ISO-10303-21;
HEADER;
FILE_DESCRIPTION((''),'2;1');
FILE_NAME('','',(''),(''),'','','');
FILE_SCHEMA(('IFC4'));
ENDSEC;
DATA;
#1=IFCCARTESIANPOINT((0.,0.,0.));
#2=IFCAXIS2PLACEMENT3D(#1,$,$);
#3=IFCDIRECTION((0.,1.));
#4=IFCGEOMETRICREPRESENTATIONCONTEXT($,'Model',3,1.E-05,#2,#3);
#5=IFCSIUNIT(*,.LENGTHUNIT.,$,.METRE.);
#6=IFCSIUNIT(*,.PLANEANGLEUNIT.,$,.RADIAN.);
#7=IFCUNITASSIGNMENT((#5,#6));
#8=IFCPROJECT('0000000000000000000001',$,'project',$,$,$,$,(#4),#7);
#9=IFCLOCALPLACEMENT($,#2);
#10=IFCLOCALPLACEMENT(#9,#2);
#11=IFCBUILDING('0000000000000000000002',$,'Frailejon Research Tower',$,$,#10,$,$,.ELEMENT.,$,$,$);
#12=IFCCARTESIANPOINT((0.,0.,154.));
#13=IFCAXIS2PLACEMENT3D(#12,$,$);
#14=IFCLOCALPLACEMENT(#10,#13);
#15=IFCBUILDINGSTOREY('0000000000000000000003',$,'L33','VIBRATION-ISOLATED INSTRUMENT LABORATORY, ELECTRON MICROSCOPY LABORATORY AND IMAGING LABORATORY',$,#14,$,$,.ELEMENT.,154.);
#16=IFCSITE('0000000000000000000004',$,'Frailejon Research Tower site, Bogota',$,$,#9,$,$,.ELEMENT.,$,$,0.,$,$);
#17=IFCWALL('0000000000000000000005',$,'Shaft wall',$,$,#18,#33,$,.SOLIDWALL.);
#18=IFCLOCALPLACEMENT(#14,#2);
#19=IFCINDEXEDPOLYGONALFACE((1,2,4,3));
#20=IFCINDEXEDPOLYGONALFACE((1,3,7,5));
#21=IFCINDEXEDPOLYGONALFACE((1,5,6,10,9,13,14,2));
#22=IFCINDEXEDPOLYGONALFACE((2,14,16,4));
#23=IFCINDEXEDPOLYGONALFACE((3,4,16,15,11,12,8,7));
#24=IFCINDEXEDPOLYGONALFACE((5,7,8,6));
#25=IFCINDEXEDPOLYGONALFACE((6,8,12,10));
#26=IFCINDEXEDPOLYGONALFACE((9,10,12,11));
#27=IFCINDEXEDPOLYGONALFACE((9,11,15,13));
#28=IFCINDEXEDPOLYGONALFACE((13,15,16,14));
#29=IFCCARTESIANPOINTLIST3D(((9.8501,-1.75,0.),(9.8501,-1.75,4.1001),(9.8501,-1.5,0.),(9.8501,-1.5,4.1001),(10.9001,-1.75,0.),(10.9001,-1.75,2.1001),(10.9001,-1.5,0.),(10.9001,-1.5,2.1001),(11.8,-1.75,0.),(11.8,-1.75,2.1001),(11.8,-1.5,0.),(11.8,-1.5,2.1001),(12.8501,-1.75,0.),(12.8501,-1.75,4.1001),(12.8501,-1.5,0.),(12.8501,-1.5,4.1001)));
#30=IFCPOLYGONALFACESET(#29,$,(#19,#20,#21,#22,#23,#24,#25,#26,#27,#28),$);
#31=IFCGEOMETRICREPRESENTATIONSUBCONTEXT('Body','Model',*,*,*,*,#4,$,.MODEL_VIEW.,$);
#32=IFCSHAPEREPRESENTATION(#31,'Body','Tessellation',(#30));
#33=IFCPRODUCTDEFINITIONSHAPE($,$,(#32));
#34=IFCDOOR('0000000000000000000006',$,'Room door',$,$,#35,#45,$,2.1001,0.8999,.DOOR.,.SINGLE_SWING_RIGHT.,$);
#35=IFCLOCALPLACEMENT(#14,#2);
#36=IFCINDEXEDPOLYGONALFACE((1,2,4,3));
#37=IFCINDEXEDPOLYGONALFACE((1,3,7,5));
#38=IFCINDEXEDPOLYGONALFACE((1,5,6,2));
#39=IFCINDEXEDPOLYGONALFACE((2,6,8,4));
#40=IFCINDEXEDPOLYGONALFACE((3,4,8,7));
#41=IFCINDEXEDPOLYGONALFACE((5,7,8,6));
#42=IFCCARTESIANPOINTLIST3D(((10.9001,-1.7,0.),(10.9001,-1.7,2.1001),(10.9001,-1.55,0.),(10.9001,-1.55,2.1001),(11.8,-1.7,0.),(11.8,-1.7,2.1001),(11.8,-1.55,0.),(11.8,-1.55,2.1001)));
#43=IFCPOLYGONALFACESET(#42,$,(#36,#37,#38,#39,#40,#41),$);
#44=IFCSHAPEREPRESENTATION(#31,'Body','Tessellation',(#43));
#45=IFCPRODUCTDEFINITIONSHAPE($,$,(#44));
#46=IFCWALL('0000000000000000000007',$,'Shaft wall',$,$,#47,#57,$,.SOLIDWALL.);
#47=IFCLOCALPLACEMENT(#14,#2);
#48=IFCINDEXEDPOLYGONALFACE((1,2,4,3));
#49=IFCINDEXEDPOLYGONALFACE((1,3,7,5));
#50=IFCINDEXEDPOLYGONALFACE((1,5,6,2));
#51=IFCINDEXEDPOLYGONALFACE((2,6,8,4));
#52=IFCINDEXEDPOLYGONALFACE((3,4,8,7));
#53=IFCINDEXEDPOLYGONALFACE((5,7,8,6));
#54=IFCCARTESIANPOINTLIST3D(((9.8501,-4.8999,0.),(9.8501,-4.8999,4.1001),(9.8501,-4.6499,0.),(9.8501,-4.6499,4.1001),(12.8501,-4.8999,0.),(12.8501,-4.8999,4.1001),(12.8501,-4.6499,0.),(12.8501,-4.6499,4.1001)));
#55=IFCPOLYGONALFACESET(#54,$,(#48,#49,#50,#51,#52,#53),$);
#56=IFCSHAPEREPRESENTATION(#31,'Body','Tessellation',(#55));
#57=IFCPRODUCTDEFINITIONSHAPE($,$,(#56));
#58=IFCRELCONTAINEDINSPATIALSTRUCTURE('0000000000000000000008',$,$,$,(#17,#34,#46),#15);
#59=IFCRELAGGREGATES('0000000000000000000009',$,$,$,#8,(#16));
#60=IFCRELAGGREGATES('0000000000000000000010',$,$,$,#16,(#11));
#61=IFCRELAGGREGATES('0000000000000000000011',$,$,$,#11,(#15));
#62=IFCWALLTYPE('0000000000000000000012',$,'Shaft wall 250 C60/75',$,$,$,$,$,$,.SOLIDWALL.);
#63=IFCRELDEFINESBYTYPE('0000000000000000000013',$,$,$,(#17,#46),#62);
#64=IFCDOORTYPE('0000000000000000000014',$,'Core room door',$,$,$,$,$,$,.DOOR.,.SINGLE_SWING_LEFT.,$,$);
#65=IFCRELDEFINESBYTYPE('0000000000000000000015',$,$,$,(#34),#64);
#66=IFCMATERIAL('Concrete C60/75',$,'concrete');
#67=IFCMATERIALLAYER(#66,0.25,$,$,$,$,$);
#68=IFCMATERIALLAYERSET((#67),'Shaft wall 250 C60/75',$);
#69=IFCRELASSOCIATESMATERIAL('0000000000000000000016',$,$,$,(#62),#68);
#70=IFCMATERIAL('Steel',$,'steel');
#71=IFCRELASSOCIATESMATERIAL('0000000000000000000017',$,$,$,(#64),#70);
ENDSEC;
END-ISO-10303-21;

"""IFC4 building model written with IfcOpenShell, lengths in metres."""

from ifc_helpers import new_model, si_unit, direction, frame, frame_2d, origin, place, context, subcontext, project, spatial, rectangle, extrude, material, layer, layer_set, type_object, element, fill, save


model = new_model("IFC4")

# Units and contexts
model_context = context("Model", 3, precision=1e-05, world=origin(), true_north=direction((0.0, 1.0)))
body_context = subcontext(model_context, "Body", "Model", "MODEL_VIEW")
ifc_project = project(units=[si_unit("LENGTHUNIT", "METRE"), si_unit("PLANEANGLEUNIT", "RADIAN")], contexts=[model_context])

# Site, building, storey
site_placement = place(None, origin())
site = spatial("IfcSite", under=ifc_project, at=site_placement, Name="Frailejon Research Tower site, Bogota", CompositionType="ELEMENT", RefElevation=0.0)
building_placement = place(site_placement, origin())
building = spatial("IfcBuilding", under=site, at=building_placement, Name="Frailejon Research Tower", CompositionType="ELEMENT")
storey_placement = place(building_placement, frame((0.0, 0.0, 154.0)))
storey = spatial("IfcBuildingStorey", under=building, at=storey_placement, Name="L33", Description="VIBRATION-ISOLATED INSTRUMENT LABORATORY, ELECTRON MICROSCOPY LABORATORY AND IMAGING LABORATORY", CompositionType="ELEMENT", Elevation=154.0)

# Wall, opening, door
ifc_material_1 = material(Name="Concrete C60/75", Category="concrete")
ifc_layer_1 = layer(ifc_material_1, 0.25)
ifc_layer_set_1 = layer_set([ifc_layer_1], Name="Shaft wall 250 C60/75")
wall_type_1 = type_object("IfcWallType", Name="Shaft wall 250 C60/75", PredefinedType="SOLIDWALL", material=ifc_layer_set_1)
wall_1_placement = place(storey_placement, frame((9.8501, -1.625, 0.0), z_axis=(0.0, 0.0, 1.0), x_axis=(1.0, 0.0, 0.0)))
wall_1 = element("IfcWall", 1, at=wall_1_placement, inside=storey, type_object=wall_type_1, Name="Shaft wall", PredefinedType="SOLIDWALL", context=body_context, shape_type="SweptSolid", body=[
    extrude(rectangle(XDim=3.0, YDim=0.25, at=frame_2d((1.5, 0.0))), origin(), (0.0, 0.0, 1.0), 4.1001),
])
opening_1_placement = place(wall_1_placement, frame((1.05, 0.0, 0.0)))
opening_1 = element("IfcOpeningElement", 2, at=opening_1_placement, cuts=wall_1, PredefinedType="OPENING", context=body_context, shape_type="SweptSolid", body=[
    extrude(rectangle(XDim=0.8999, YDim=2.1001, at=frame_2d((0.45, 1.05))), frame((0.0, 0.135, 0.0), z_axis=(0.0, -1.0, 0.0), x_axis=(1.0, 0.0, 0.0)), (0.0, 0.0, 1.0), 0.27),
])
ifc_material_2 = material(Name="Steel", Category="steel")
door_type_1 = type_object("IfcDoorType", Name="Core room door", OperationType="SINGLE_SWING_LEFT", PredefinedType="DOOR", material=ifc_material_2)
door_1_placement = place(opening_1_placement, origin())
door_1 = element("IfcDoor", 3, at=door_1_placement, inside=storey, type_object=door_type_1, Name="Room door", OperationType="SINGLE_SWING_RIGHT", OverallHeight=2.1001, OverallWidth=0.8999, PredefinedType="DOOR", context=body_context, shape_type="SweptSolid", body=[
    extrude(rectangle(XDim=0.8999, YDim=2.1001, at=frame_2d((0.45, 1.05))), frame((0.0, 0.075, 0.0), z_axis=(0.0, -1.0, 0.0), x_axis=(1.0, 0.0, 0.0)), (0.0, 0.0, 1.0), 0.1499),
])
fill(opening_1, door_1)

# Wall
wall_2_placement = place(storey_placement, frame((9.8501, -4.7749, 0.0), z_axis=(0.0, 0.0, 1.0), x_axis=(1.0, 0.0, 0.0)))
element("IfcWall", 4, at=wall_2_placement, inside=storey, type_object=wall_type_1, Name="Shaft wall", PredefinedType="SOLIDWALL", context=body_context, shape_type="SweptSolid", body=[
    extrude(rectangle(XDim=3.0, YDim=0.25, at=frame_2d((1.5, 0.0))), origin(), (0.0, 0.0, 1.0), 4.1001),
])

save(model, "model.ifc")
